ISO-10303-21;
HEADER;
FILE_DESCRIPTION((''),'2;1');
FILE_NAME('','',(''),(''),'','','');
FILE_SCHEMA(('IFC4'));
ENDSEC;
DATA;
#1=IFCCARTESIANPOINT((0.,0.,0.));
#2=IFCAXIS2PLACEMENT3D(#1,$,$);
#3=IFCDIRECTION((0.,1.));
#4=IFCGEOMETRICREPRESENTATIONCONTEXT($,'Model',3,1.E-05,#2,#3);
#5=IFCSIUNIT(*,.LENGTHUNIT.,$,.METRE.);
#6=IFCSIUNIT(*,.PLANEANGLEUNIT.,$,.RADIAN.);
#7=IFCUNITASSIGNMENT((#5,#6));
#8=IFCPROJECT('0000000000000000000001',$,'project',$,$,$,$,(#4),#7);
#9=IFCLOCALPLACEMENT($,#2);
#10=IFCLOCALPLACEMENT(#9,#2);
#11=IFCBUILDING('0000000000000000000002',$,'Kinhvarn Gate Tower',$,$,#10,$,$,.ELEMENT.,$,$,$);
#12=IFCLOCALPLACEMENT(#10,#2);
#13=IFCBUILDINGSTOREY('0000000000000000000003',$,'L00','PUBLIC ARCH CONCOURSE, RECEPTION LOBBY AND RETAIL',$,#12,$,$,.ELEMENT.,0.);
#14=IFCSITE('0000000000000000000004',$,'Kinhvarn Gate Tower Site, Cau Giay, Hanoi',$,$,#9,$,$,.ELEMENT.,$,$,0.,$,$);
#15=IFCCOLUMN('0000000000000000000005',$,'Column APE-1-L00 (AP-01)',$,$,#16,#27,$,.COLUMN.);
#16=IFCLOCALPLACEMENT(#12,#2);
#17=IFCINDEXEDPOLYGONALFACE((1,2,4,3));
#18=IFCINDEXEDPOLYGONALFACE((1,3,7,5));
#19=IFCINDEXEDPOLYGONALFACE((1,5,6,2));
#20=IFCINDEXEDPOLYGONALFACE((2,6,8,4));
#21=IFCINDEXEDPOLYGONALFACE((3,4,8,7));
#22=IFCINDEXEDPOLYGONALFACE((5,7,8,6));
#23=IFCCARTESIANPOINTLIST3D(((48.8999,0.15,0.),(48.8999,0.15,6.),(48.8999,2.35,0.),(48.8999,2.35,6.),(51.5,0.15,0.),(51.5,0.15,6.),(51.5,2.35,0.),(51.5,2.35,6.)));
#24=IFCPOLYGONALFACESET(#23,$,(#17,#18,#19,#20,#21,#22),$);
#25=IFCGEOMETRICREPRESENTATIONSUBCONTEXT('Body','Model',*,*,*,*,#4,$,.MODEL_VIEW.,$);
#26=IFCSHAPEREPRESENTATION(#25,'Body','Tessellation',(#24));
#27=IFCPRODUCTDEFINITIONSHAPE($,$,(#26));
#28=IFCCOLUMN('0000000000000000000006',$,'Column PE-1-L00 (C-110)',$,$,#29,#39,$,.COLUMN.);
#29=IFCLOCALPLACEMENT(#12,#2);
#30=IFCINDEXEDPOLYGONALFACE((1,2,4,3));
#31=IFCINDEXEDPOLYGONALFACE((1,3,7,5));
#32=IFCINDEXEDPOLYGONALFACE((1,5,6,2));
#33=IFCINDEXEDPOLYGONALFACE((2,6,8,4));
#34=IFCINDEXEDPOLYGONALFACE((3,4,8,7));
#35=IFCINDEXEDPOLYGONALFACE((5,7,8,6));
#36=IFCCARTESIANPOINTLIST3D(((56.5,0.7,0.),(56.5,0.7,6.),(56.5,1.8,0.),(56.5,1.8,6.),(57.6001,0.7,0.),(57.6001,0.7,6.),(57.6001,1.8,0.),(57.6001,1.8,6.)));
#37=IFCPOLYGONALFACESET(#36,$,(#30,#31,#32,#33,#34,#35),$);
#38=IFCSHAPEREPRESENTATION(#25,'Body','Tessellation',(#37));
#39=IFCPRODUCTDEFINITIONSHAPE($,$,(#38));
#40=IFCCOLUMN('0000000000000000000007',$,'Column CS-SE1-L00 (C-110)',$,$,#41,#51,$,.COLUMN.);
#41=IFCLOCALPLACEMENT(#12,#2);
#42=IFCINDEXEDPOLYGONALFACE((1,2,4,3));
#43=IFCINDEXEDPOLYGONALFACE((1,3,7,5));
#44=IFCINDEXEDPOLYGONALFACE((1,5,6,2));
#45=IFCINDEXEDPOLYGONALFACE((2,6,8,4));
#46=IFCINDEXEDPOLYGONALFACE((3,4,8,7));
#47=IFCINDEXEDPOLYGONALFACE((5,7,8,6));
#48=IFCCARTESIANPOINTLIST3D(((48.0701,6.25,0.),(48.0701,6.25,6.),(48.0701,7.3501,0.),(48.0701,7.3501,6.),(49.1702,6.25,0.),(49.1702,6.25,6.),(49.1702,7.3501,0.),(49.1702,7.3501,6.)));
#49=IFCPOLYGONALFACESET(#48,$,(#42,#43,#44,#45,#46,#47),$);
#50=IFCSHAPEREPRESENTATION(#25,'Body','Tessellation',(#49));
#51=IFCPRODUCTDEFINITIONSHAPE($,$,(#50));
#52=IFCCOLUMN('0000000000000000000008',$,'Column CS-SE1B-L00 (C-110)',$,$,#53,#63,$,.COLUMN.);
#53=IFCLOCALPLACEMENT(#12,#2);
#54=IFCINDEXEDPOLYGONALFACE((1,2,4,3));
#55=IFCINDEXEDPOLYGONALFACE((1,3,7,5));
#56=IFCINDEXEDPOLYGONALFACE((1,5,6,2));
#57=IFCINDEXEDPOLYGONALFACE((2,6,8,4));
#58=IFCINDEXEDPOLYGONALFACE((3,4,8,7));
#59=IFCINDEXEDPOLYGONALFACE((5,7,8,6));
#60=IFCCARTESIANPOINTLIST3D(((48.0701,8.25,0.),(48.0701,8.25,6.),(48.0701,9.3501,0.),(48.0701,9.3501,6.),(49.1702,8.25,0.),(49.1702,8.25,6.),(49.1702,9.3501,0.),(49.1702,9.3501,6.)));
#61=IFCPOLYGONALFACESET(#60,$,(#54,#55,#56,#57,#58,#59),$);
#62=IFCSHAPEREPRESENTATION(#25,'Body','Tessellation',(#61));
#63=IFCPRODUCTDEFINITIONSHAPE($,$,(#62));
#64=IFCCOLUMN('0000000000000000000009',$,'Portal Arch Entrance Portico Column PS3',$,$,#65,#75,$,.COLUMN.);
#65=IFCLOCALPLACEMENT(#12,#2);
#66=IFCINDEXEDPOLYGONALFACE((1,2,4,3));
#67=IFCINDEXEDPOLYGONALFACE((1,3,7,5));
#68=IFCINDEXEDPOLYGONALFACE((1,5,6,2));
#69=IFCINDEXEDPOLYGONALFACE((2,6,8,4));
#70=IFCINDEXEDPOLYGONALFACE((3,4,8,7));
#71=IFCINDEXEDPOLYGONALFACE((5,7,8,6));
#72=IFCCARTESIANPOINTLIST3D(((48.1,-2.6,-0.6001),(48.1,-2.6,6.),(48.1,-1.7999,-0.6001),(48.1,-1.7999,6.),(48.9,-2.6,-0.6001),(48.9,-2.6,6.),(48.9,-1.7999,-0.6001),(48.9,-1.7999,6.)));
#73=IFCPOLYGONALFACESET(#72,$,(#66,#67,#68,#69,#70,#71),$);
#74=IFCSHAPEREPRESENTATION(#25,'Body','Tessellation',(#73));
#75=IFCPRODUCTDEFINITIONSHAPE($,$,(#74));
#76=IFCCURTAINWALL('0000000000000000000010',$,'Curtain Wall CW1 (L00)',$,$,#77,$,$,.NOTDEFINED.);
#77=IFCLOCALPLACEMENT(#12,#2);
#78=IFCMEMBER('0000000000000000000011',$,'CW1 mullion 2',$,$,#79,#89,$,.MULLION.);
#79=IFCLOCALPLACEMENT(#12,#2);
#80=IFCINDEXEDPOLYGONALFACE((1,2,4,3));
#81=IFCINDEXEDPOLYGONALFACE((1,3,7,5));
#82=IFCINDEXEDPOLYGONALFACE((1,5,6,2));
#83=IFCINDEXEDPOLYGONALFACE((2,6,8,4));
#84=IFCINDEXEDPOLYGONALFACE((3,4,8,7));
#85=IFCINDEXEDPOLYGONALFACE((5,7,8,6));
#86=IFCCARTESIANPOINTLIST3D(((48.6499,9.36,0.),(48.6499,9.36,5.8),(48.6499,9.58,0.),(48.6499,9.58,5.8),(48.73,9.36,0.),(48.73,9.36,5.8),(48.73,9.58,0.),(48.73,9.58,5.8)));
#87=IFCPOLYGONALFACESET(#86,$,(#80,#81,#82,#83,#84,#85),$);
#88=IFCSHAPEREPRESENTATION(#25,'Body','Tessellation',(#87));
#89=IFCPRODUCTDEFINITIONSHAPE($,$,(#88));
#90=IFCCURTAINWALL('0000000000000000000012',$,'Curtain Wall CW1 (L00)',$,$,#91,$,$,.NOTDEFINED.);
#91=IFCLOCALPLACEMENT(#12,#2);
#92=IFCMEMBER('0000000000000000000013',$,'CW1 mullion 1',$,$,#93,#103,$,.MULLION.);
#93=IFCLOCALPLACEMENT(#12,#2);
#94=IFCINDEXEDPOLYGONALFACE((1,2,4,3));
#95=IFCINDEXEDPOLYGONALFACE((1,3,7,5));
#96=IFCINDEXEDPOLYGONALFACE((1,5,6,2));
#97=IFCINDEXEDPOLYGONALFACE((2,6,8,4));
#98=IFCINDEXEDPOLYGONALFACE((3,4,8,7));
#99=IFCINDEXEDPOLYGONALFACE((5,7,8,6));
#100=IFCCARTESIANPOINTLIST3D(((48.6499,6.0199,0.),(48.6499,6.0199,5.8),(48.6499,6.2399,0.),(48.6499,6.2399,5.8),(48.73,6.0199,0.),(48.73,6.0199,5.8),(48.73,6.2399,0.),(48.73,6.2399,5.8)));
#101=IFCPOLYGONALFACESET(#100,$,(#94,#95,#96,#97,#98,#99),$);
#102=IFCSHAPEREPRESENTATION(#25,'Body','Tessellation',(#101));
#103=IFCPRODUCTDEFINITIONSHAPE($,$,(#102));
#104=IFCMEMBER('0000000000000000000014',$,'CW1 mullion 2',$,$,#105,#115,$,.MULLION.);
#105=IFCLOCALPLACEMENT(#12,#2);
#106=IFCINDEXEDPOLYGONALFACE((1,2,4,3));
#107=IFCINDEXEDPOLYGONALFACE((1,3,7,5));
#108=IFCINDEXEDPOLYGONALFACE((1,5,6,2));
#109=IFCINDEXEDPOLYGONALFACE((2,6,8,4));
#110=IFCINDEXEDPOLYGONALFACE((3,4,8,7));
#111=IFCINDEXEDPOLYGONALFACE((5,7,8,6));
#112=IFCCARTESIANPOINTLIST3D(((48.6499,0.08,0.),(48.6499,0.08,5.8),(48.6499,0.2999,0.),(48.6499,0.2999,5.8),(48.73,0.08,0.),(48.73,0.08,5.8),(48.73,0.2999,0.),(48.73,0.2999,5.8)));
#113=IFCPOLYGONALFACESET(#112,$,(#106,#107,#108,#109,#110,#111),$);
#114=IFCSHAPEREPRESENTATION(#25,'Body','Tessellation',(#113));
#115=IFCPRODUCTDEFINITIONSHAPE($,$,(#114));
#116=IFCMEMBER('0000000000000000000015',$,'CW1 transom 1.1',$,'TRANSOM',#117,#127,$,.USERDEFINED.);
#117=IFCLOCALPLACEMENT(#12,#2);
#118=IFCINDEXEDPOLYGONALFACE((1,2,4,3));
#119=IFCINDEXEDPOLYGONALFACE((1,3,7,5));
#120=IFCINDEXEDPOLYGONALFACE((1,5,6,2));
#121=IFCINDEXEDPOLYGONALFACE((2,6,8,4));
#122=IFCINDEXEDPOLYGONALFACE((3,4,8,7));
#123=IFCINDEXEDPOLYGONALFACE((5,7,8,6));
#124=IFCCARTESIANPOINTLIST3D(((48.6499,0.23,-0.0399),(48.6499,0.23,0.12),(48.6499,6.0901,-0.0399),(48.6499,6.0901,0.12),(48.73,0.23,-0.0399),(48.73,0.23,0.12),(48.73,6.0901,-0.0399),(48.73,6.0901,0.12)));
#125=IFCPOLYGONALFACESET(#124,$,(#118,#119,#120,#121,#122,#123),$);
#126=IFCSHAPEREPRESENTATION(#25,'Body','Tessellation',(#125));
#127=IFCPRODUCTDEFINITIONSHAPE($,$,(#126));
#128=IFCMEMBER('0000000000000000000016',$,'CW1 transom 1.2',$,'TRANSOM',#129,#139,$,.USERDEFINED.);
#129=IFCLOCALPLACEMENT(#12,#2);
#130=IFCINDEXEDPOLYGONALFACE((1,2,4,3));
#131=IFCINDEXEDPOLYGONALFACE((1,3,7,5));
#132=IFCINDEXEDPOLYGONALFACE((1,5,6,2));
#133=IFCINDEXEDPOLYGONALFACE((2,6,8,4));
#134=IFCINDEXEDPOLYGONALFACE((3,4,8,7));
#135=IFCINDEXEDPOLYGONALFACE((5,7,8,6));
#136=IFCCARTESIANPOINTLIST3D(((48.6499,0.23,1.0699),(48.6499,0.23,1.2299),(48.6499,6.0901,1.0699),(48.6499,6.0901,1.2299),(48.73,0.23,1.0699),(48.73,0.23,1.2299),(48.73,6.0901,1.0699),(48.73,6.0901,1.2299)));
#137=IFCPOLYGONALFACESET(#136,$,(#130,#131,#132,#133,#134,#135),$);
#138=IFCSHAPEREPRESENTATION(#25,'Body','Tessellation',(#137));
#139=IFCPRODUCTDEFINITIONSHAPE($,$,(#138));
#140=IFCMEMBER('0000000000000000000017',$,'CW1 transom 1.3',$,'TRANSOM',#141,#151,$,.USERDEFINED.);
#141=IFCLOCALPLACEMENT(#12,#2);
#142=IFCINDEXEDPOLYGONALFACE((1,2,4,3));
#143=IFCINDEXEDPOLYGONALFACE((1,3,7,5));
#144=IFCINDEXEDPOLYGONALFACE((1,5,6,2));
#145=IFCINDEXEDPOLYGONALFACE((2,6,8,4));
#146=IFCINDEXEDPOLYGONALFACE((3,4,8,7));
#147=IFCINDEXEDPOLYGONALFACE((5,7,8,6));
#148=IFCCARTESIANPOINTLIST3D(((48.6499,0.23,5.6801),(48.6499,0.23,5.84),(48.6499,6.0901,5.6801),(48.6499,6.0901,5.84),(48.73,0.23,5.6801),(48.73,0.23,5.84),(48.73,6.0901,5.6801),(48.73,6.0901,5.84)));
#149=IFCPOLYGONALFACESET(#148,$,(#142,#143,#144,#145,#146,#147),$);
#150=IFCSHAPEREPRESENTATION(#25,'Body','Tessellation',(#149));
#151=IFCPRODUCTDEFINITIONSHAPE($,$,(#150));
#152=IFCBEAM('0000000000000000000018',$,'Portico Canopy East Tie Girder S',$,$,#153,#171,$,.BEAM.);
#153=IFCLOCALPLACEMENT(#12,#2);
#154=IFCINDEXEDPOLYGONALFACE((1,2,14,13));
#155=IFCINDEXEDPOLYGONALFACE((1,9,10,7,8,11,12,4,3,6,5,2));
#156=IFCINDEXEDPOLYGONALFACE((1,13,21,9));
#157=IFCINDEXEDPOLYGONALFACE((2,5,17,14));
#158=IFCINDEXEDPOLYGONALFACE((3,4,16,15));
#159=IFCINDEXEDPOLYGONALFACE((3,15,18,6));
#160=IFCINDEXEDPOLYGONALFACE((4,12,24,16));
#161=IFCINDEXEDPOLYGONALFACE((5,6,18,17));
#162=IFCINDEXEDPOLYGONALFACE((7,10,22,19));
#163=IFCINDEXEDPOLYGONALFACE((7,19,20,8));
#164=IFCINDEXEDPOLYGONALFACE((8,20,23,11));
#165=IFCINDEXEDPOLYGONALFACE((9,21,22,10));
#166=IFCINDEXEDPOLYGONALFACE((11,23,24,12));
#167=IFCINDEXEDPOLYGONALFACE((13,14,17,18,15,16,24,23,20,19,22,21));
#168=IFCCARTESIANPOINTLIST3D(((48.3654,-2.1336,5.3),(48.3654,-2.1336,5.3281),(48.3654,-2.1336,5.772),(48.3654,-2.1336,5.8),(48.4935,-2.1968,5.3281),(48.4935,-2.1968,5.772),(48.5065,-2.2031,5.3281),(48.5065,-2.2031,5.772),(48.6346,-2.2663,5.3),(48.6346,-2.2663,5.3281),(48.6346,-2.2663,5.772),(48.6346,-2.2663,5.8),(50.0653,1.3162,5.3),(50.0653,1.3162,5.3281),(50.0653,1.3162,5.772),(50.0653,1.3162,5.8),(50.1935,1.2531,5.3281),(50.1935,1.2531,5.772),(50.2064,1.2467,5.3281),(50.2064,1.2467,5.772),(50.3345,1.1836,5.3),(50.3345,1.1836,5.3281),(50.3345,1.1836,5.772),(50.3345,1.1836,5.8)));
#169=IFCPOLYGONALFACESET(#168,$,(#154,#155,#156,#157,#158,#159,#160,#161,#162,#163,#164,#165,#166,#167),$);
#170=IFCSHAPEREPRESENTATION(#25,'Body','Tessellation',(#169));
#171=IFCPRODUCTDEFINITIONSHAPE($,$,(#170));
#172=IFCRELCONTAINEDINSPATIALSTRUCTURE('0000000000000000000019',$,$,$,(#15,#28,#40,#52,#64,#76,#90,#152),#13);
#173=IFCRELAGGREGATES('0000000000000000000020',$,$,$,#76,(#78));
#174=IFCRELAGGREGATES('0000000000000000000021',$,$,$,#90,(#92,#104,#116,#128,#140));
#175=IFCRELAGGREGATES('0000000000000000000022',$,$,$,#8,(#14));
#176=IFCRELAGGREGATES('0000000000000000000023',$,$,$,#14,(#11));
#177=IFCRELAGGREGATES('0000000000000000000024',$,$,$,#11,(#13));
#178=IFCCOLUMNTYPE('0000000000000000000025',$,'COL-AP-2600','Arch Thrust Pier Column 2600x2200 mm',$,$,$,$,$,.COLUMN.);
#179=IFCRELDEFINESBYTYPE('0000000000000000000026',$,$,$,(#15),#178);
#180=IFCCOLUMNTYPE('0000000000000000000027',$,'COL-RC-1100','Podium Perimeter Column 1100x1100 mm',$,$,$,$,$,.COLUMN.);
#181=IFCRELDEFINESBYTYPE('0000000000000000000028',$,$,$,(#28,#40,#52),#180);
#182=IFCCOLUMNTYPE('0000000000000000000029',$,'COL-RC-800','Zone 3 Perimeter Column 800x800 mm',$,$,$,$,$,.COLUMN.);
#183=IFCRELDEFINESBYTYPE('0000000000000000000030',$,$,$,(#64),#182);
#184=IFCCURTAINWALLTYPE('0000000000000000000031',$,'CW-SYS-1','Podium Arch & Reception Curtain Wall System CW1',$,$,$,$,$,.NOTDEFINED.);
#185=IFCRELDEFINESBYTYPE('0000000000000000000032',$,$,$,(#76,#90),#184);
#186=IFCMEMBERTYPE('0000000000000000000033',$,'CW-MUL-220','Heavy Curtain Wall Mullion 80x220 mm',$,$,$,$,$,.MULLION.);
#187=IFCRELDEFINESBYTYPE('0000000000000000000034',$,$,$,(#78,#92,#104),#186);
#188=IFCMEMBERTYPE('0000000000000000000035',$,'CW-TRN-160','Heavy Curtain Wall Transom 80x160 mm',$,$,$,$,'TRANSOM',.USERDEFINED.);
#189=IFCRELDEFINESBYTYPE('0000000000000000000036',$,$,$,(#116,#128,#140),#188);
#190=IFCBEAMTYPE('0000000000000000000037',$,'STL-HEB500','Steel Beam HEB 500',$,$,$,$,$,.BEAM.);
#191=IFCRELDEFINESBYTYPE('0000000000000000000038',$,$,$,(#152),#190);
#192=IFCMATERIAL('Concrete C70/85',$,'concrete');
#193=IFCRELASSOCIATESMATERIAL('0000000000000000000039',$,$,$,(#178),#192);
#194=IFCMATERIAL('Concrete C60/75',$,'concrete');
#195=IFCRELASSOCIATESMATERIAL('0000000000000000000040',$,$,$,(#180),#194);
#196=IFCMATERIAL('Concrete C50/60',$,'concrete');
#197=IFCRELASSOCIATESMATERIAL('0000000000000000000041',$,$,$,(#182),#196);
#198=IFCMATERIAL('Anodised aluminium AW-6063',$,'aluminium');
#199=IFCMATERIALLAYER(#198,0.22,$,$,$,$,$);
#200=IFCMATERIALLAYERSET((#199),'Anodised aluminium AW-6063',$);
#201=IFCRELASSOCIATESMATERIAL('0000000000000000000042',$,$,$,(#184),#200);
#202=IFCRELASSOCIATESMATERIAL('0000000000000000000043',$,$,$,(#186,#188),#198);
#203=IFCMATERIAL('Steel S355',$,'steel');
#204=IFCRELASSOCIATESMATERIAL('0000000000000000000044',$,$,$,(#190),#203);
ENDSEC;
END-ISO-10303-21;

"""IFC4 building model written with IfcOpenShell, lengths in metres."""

from ifc_helpers import new_model, si_unit, direction, frame, origin, origin_2d, place, context, subcontext, project, spatial, rectangle, i_section, extrude, material, layer, layer_set, material_profile, profile_set, type_object, element, aggregate, save


model = new_model("IFC4")

# Units and contexts
model_context = context("Model", 3, precision=1e-05, world=origin(), true_north=direction((0.0, 1.0)))
body_context = subcontext(model_context, "Body", "Model", "MODEL_VIEW")
ifc_project = project(units=[si_unit("LENGTHUNIT", "METRE"), si_unit("PLANEANGLEUNIT", "RADIAN")], contexts=[model_context])

# Site, building, storey
site_placement = place(None, origin())
site = spatial("IfcSite", under=ifc_project, at=site_placement, Name="Kinhvarn Gate Tower Site, Cau Giay, Hanoi", CompositionType="ELEMENT", RefElevation=0.0)
building_placement = place(site_placement, origin())
building = spatial("IfcBuilding", under=site, at=building_placement, Name="Kinhvarn Gate Tower", CompositionType="ELEMENT")
storey_placement = place(building_placement, origin())
storey = spatial("IfcBuildingStorey", under=building, at=storey_placement, Name="L00", Description="PUBLIC ARCH CONCOURSE, RECEPTION LOBBY AND RETAIL", CompositionType="ELEMENT", Elevation=0.0)

# Columns
ifc_material_1 = material(Name="Concrete C70/85", Category="concrete")
ifc_material_profile_1 = material_profile(ifc_material_1, rectangle(XDim=2.6001, YDim=2.2, at=origin_2d()), Name="RC 2600x2200")
ifc_profile_set_1 = profile_set([ifc_material_profile_1], Name="Concrete C70/85")
column_type_1 = type_object("IfcColumnType", Name="COL-AP-2600", Description="Arch Thrust Pier Column 2600x2200 mm", PredefinedType="COLUMN", material=ifc_profile_set_1)
column_1_placement = place(storey_placement, frame((50.2, 1.25, 0.0), z_axis=(0.0, 0.0, 1.0), x_axis=(1.0, 0.0, 0.0)))
element("IfcColumn", 1, at=column_1_placement, inside=storey, type_object=column_type_1, Name="Column APE-1-L00 (AP-01)", PredefinedType="COLUMN", context=body_context, shape_type="SweptSolid", body=[
    extrude(rectangle(XDim=2.6001, YDim=2.2, at=origin_2d()), origin(), (0.0, 0.0, 1.0), 6.0),
])
ifc_material_2 = material(Name="Concrete C60/75", Category="concrete")
ifc_material_profile_2 = material_profile(ifc_material_2, rectangle(XDim=1.1001, YDim=1.1001, at=origin_2d()), Name="RC 1100x1100")
ifc_profile_set_2 = profile_set([ifc_material_profile_2], Name="Concrete C60/75")
column_type_2 = type_object("IfcColumnType", Name="COL-RC-1100", Description="Podium Perimeter Column 1100x1100 mm", PredefinedType="COLUMN", material=ifc_profile_set_2)
for number, where, z_axis, x_axis, name in (
    (2, (57.05, 1.25, 0.0), (0.0, 0.0, 1.0), (1.0, 0.0, 0.0), "Column PE-1-L00 (C-110)"),
    (3, (48.6201, 6.8, 0.0), (0.0, 0.0, 1.0), (1.0, 0.0, 0.0), "Column CS-SE1-L00 (C-110)"),
    (4, (48.6201, 8.8, 0.0), (0.0, 0.0, 1.0), (1.0, 0.0, 0.0), "Column CS-SE1B-L00 (C-110)"),
):
    element("IfcColumn", number, at=place(storey_placement, frame(where, z_axis=z_axis, x_axis=x_axis)), inside=storey, type_object=column_type_2, Name=name, PredefinedType="COLUMN", context=body_context, shape_type="SweptSolid", body=[
        extrude(rectangle(XDim=1.1001, YDim=1.1001, at=origin_2d()), origin(), (0.0, 0.0, 1.0), 6.0),
    ])
ifc_material_3 = material(Name="Concrete C50/60", Category="concrete")
ifc_material_profile_3 = material_profile(ifc_material_3, rectangle(XDim=0.8, YDim=0.8, at=origin_2d()), Name="RC 800x800")
ifc_profile_set_3 = profile_set([ifc_material_profile_3], Name="Concrete C50/60")
column_type_3 = type_object("IfcColumnType", Name="COL-RC-800", Description="Zone 3 Perimeter Column 800x800 mm", PredefinedType="COLUMN", material=ifc_profile_set_3)
column_2_placement = place(storey_placement, frame((48.5, -2.2, -0.6001), z_axis=(0.0, 0.0, 1.0), x_axis=(1.0, 0.0, 0.0)))
element("IfcColumn", 5, at=column_2_placement, inside=storey, type_object=column_type_3, Name="Portal Arch Entrance Portico Column PS3", PredefinedType="COLUMN", context=body_context, shape_type="SweptSolid", body=[
    extrude(rectangle(XDim=0.8, YDim=0.8, at=origin_2d()), origin(), (0.0, 0.0, 1.0), 6.6001),
])

# Curtain wall, member
ifc_material_4 = material(Name="Anodised aluminium AW-6063", Category="aluminium")
ifc_layer_1 = layer(ifc_material_4, 0.22)
ifc_layer_set_1 = layer_set([ifc_layer_1], Name="Anodised aluminium AW-6063")
curtain_wall_type = type_object("IfcCurtainWallType", Name="CW-SYS-1", Description="Podium Arch & Reception Curtain Wall System CW1", PredefinedType="NOTDEFINED", material=ifc_layer_set_1)
curtain_wall_1_placement = place(storey_placement, origin())
curtain_wall_1 = element("IfcCurtainWall", 6, at=curtain_wall_1_placement, inside=storey, type_object=curtain_wall_type, Name="Curtain Wall CW1 (L00)", PredefinedType="NOTDEFINED")
ifc_material_profile_4 = material_profile(ifc_material_4, rectangle(XDim=0.0801, YDim=0.22, at=origin_2d()), Name="ALU 80x220")
ifc_profile_set_4 = profile_set([ifc_material_profile_4], Name="Anodised aluminium AW-6063")
member_type_1 = type_object("IfcMemberType", Name="CW-MUL-220", Description="Heavy Curtain Wall Mullion 80x220 mm", PredefinedType="MULLION", material=ifc_profile_set_4)
member_1_placement = place(storey_placement, frame((48.6899, 9.47, 0.0), z_axis=(0.0, 0.0, 1.0), x_axis=(1.0, 0.0, 0.0)))
member_1 = element("IfcMember", 7, at=member_1_placement, type_object=member_type_1, Name="CW1 mullion 2", PredefinedType="MULLION", context=body_context, shape_type="SweptSolid", body=[
    extrude(rectangle(XDim=0.0801, YDim=0.22, at=origin_2d()), origin(), (0.0, 0.0, 1.0), 5.8),
])
aggregate(curtain_wall_1, [member_1])

# Curtain wall, members
curtain_wall_2_placement = place(storey_placement, origin())
curtain_wall_2 = element("IfcCurtainWall", 8, at=curtain_wall_2_placement, inside=storey, type_object=curtain_wall_type, Name="Curtain Wall CW1 (L00)", PredefinedType="NOTDEFINED")
member_2_placement = place(storey_placement, frame((48.6899, 6.1299, 0.0), z_axis=(0.0, 0.0, 1.0), x_axis=(1.0, 0.0, 0.0)))
member_2 = element("IfcMember", 9, at=member_2_placement, type_object=member_type_1, Name="CW1 mullion 1", PredefinedType="MULLION", context=body_context, shape_type="SweptSolid", body=[
    extrude(rectangle(XDim=0.0801, YDim=0.22, at=origin_2d()), origin(), (0.0, 0.0, 1.0), 5.8),
])
member_3_placement = place(storey_placement, frame((48.6899, 0.1899, 0.0), z_axis=(0.0, 0.0, 1.0), x_axis=(1.0, 0.0, 0.0)))
member_3 = element("IfcMember", 10, at=member_3_placement, type_object=member_type_1, Name="CW1 mullion 2", PredefinedType="MULLION", context=body_context, shape_type="SweptSolid", body=[
    extrude(rectangle(XDim=0.0801, YDim=0.22, at=origin_2d()), origin(), (0.0, 0.0, 1.0), 5.8),
])
ifc_material_profile_5 = material_profile(ifc_material_4, rectangle(XDim=0.0801, YDim=0.1599, at=origin_2d()), Name="ALU 80x160")
ifc_profile_set_5 = profile_set([ifc_material_profile_5], Name="Anodised aluminium AW-6063")
member_type_2 = type_object("IfcMemberType", Name="CW-TRN-160", Description="Heavy Curtain Wall Transom 80x160 mm", ElementType="TRANSOM", PredefinedType="USERDEFINED", material=ifc_profile_set_5)
member_4_placement = place(storey_placement, frame((48.6899, 6.0901, 0.04), z_axis=(0.0, -1.0, 0.0), x_axis=(1.0, 0.0, 0.0)))
member_4 = element("IfcMember", 11, at=member_4_placement, type_object=member_type_2, Name="CW1 transom 1.1", ObjectType="TRANSOM", PredefinedType="USERDEFINED", context=body_context, shape_type="SweptSolid", body=[
    extrude(rectangle(XDim=0.0801, YDim=0.1599, at=origin_2d()), origin(), (0.0, 0.0, 1.0), 5.8601),
])
member_5_placement = place(storey_placement, frame((48.6899, 6.0901, 1.1499), z_axis=(0.0, -1.0, 0.0), x_axis=(1.0, 0.0, 0.0)))
member_5 = element("IfcMember", 12, at=member_5_placement, type_object=member_type_2, Name="CW1 transom 1.2", ObjectType="TRANSOM", PredefinedType="USERDEFINED", context=body_context, shape_type="SweptSolid", body=[
    extrude(rectangle(XDim=0.0801, YDim=0.1599, at=origin_2d()), origin(), (0.0, 0.0, 1.0), 5.8601),
])
member_6_placement = place(storey_placement, frame((48.6899, 6.0901, 5.76), z_axis=(0.0, -1.0, 0.0), x_axis=(1.0, 0.0, 0.0)))
member_6 = element("IfcMember", 13, at=member_6_placement, type_object=member_type_2, Name="CW1 transom 1.3", ObjectType="TRANSOM", PredefinedType="USERDEFINED", context=body_context, shape_type="SweptSolid", body=[
    extrude(rectangle(XDim=0.0801, YDim=0.1599, at=origin_2d()), origin(), (0.0, 0.0, 1.0), 5.8601),
])

# Beam
ifc_material_5 = material(Name="Steel S355", Category="steel")
ifc_material_profile_6 = material_profile(ifc_material_5, i_section(OverallWidth=0.3, OverallDepth=0.5, WebThickness=0.0144, FlangeThickness=0.0281, at=origin_2d()), Name="HEB 500")
ifc_profile_set_6 = profile_set([ifc_material_profile_6], Name="Steel S355")
beam_type_1 = type_object("IfcBeamType", Name="STL-HEB500", Description="Steel Beam HEB 500", PredefinedType="BEAM", material=ifc_profile_set_6)
beam_1_placement = place(storey_placement, frame((48.5, -2.2, 5.55), z_axis=(0.442001, 0.897015, 0.0), x_axis=(-0.897015, 0.442001, 0.0)))
element("IfcBeam", 14, at=beam_1_placement, inside=storey, type_object=beam_type_1, Name="Portico Canopy East Tie Girder S", PredefinedType="BEAM", context=body_context, shape_type="SweptSolid", body=[
    extrude(i_section(OverallWidth=0.3, OverallDepth=0.5, WebThickness=0.0144, FlangeThickness=0.0281, at=origin_2d()), origin(), (0.0, 0.0, 1.0), 3.8459),
])

aggregate(curtain_wall_2, [member_2, member_3, member_4, member_5, member_6])

save(model, "model.ifc")
